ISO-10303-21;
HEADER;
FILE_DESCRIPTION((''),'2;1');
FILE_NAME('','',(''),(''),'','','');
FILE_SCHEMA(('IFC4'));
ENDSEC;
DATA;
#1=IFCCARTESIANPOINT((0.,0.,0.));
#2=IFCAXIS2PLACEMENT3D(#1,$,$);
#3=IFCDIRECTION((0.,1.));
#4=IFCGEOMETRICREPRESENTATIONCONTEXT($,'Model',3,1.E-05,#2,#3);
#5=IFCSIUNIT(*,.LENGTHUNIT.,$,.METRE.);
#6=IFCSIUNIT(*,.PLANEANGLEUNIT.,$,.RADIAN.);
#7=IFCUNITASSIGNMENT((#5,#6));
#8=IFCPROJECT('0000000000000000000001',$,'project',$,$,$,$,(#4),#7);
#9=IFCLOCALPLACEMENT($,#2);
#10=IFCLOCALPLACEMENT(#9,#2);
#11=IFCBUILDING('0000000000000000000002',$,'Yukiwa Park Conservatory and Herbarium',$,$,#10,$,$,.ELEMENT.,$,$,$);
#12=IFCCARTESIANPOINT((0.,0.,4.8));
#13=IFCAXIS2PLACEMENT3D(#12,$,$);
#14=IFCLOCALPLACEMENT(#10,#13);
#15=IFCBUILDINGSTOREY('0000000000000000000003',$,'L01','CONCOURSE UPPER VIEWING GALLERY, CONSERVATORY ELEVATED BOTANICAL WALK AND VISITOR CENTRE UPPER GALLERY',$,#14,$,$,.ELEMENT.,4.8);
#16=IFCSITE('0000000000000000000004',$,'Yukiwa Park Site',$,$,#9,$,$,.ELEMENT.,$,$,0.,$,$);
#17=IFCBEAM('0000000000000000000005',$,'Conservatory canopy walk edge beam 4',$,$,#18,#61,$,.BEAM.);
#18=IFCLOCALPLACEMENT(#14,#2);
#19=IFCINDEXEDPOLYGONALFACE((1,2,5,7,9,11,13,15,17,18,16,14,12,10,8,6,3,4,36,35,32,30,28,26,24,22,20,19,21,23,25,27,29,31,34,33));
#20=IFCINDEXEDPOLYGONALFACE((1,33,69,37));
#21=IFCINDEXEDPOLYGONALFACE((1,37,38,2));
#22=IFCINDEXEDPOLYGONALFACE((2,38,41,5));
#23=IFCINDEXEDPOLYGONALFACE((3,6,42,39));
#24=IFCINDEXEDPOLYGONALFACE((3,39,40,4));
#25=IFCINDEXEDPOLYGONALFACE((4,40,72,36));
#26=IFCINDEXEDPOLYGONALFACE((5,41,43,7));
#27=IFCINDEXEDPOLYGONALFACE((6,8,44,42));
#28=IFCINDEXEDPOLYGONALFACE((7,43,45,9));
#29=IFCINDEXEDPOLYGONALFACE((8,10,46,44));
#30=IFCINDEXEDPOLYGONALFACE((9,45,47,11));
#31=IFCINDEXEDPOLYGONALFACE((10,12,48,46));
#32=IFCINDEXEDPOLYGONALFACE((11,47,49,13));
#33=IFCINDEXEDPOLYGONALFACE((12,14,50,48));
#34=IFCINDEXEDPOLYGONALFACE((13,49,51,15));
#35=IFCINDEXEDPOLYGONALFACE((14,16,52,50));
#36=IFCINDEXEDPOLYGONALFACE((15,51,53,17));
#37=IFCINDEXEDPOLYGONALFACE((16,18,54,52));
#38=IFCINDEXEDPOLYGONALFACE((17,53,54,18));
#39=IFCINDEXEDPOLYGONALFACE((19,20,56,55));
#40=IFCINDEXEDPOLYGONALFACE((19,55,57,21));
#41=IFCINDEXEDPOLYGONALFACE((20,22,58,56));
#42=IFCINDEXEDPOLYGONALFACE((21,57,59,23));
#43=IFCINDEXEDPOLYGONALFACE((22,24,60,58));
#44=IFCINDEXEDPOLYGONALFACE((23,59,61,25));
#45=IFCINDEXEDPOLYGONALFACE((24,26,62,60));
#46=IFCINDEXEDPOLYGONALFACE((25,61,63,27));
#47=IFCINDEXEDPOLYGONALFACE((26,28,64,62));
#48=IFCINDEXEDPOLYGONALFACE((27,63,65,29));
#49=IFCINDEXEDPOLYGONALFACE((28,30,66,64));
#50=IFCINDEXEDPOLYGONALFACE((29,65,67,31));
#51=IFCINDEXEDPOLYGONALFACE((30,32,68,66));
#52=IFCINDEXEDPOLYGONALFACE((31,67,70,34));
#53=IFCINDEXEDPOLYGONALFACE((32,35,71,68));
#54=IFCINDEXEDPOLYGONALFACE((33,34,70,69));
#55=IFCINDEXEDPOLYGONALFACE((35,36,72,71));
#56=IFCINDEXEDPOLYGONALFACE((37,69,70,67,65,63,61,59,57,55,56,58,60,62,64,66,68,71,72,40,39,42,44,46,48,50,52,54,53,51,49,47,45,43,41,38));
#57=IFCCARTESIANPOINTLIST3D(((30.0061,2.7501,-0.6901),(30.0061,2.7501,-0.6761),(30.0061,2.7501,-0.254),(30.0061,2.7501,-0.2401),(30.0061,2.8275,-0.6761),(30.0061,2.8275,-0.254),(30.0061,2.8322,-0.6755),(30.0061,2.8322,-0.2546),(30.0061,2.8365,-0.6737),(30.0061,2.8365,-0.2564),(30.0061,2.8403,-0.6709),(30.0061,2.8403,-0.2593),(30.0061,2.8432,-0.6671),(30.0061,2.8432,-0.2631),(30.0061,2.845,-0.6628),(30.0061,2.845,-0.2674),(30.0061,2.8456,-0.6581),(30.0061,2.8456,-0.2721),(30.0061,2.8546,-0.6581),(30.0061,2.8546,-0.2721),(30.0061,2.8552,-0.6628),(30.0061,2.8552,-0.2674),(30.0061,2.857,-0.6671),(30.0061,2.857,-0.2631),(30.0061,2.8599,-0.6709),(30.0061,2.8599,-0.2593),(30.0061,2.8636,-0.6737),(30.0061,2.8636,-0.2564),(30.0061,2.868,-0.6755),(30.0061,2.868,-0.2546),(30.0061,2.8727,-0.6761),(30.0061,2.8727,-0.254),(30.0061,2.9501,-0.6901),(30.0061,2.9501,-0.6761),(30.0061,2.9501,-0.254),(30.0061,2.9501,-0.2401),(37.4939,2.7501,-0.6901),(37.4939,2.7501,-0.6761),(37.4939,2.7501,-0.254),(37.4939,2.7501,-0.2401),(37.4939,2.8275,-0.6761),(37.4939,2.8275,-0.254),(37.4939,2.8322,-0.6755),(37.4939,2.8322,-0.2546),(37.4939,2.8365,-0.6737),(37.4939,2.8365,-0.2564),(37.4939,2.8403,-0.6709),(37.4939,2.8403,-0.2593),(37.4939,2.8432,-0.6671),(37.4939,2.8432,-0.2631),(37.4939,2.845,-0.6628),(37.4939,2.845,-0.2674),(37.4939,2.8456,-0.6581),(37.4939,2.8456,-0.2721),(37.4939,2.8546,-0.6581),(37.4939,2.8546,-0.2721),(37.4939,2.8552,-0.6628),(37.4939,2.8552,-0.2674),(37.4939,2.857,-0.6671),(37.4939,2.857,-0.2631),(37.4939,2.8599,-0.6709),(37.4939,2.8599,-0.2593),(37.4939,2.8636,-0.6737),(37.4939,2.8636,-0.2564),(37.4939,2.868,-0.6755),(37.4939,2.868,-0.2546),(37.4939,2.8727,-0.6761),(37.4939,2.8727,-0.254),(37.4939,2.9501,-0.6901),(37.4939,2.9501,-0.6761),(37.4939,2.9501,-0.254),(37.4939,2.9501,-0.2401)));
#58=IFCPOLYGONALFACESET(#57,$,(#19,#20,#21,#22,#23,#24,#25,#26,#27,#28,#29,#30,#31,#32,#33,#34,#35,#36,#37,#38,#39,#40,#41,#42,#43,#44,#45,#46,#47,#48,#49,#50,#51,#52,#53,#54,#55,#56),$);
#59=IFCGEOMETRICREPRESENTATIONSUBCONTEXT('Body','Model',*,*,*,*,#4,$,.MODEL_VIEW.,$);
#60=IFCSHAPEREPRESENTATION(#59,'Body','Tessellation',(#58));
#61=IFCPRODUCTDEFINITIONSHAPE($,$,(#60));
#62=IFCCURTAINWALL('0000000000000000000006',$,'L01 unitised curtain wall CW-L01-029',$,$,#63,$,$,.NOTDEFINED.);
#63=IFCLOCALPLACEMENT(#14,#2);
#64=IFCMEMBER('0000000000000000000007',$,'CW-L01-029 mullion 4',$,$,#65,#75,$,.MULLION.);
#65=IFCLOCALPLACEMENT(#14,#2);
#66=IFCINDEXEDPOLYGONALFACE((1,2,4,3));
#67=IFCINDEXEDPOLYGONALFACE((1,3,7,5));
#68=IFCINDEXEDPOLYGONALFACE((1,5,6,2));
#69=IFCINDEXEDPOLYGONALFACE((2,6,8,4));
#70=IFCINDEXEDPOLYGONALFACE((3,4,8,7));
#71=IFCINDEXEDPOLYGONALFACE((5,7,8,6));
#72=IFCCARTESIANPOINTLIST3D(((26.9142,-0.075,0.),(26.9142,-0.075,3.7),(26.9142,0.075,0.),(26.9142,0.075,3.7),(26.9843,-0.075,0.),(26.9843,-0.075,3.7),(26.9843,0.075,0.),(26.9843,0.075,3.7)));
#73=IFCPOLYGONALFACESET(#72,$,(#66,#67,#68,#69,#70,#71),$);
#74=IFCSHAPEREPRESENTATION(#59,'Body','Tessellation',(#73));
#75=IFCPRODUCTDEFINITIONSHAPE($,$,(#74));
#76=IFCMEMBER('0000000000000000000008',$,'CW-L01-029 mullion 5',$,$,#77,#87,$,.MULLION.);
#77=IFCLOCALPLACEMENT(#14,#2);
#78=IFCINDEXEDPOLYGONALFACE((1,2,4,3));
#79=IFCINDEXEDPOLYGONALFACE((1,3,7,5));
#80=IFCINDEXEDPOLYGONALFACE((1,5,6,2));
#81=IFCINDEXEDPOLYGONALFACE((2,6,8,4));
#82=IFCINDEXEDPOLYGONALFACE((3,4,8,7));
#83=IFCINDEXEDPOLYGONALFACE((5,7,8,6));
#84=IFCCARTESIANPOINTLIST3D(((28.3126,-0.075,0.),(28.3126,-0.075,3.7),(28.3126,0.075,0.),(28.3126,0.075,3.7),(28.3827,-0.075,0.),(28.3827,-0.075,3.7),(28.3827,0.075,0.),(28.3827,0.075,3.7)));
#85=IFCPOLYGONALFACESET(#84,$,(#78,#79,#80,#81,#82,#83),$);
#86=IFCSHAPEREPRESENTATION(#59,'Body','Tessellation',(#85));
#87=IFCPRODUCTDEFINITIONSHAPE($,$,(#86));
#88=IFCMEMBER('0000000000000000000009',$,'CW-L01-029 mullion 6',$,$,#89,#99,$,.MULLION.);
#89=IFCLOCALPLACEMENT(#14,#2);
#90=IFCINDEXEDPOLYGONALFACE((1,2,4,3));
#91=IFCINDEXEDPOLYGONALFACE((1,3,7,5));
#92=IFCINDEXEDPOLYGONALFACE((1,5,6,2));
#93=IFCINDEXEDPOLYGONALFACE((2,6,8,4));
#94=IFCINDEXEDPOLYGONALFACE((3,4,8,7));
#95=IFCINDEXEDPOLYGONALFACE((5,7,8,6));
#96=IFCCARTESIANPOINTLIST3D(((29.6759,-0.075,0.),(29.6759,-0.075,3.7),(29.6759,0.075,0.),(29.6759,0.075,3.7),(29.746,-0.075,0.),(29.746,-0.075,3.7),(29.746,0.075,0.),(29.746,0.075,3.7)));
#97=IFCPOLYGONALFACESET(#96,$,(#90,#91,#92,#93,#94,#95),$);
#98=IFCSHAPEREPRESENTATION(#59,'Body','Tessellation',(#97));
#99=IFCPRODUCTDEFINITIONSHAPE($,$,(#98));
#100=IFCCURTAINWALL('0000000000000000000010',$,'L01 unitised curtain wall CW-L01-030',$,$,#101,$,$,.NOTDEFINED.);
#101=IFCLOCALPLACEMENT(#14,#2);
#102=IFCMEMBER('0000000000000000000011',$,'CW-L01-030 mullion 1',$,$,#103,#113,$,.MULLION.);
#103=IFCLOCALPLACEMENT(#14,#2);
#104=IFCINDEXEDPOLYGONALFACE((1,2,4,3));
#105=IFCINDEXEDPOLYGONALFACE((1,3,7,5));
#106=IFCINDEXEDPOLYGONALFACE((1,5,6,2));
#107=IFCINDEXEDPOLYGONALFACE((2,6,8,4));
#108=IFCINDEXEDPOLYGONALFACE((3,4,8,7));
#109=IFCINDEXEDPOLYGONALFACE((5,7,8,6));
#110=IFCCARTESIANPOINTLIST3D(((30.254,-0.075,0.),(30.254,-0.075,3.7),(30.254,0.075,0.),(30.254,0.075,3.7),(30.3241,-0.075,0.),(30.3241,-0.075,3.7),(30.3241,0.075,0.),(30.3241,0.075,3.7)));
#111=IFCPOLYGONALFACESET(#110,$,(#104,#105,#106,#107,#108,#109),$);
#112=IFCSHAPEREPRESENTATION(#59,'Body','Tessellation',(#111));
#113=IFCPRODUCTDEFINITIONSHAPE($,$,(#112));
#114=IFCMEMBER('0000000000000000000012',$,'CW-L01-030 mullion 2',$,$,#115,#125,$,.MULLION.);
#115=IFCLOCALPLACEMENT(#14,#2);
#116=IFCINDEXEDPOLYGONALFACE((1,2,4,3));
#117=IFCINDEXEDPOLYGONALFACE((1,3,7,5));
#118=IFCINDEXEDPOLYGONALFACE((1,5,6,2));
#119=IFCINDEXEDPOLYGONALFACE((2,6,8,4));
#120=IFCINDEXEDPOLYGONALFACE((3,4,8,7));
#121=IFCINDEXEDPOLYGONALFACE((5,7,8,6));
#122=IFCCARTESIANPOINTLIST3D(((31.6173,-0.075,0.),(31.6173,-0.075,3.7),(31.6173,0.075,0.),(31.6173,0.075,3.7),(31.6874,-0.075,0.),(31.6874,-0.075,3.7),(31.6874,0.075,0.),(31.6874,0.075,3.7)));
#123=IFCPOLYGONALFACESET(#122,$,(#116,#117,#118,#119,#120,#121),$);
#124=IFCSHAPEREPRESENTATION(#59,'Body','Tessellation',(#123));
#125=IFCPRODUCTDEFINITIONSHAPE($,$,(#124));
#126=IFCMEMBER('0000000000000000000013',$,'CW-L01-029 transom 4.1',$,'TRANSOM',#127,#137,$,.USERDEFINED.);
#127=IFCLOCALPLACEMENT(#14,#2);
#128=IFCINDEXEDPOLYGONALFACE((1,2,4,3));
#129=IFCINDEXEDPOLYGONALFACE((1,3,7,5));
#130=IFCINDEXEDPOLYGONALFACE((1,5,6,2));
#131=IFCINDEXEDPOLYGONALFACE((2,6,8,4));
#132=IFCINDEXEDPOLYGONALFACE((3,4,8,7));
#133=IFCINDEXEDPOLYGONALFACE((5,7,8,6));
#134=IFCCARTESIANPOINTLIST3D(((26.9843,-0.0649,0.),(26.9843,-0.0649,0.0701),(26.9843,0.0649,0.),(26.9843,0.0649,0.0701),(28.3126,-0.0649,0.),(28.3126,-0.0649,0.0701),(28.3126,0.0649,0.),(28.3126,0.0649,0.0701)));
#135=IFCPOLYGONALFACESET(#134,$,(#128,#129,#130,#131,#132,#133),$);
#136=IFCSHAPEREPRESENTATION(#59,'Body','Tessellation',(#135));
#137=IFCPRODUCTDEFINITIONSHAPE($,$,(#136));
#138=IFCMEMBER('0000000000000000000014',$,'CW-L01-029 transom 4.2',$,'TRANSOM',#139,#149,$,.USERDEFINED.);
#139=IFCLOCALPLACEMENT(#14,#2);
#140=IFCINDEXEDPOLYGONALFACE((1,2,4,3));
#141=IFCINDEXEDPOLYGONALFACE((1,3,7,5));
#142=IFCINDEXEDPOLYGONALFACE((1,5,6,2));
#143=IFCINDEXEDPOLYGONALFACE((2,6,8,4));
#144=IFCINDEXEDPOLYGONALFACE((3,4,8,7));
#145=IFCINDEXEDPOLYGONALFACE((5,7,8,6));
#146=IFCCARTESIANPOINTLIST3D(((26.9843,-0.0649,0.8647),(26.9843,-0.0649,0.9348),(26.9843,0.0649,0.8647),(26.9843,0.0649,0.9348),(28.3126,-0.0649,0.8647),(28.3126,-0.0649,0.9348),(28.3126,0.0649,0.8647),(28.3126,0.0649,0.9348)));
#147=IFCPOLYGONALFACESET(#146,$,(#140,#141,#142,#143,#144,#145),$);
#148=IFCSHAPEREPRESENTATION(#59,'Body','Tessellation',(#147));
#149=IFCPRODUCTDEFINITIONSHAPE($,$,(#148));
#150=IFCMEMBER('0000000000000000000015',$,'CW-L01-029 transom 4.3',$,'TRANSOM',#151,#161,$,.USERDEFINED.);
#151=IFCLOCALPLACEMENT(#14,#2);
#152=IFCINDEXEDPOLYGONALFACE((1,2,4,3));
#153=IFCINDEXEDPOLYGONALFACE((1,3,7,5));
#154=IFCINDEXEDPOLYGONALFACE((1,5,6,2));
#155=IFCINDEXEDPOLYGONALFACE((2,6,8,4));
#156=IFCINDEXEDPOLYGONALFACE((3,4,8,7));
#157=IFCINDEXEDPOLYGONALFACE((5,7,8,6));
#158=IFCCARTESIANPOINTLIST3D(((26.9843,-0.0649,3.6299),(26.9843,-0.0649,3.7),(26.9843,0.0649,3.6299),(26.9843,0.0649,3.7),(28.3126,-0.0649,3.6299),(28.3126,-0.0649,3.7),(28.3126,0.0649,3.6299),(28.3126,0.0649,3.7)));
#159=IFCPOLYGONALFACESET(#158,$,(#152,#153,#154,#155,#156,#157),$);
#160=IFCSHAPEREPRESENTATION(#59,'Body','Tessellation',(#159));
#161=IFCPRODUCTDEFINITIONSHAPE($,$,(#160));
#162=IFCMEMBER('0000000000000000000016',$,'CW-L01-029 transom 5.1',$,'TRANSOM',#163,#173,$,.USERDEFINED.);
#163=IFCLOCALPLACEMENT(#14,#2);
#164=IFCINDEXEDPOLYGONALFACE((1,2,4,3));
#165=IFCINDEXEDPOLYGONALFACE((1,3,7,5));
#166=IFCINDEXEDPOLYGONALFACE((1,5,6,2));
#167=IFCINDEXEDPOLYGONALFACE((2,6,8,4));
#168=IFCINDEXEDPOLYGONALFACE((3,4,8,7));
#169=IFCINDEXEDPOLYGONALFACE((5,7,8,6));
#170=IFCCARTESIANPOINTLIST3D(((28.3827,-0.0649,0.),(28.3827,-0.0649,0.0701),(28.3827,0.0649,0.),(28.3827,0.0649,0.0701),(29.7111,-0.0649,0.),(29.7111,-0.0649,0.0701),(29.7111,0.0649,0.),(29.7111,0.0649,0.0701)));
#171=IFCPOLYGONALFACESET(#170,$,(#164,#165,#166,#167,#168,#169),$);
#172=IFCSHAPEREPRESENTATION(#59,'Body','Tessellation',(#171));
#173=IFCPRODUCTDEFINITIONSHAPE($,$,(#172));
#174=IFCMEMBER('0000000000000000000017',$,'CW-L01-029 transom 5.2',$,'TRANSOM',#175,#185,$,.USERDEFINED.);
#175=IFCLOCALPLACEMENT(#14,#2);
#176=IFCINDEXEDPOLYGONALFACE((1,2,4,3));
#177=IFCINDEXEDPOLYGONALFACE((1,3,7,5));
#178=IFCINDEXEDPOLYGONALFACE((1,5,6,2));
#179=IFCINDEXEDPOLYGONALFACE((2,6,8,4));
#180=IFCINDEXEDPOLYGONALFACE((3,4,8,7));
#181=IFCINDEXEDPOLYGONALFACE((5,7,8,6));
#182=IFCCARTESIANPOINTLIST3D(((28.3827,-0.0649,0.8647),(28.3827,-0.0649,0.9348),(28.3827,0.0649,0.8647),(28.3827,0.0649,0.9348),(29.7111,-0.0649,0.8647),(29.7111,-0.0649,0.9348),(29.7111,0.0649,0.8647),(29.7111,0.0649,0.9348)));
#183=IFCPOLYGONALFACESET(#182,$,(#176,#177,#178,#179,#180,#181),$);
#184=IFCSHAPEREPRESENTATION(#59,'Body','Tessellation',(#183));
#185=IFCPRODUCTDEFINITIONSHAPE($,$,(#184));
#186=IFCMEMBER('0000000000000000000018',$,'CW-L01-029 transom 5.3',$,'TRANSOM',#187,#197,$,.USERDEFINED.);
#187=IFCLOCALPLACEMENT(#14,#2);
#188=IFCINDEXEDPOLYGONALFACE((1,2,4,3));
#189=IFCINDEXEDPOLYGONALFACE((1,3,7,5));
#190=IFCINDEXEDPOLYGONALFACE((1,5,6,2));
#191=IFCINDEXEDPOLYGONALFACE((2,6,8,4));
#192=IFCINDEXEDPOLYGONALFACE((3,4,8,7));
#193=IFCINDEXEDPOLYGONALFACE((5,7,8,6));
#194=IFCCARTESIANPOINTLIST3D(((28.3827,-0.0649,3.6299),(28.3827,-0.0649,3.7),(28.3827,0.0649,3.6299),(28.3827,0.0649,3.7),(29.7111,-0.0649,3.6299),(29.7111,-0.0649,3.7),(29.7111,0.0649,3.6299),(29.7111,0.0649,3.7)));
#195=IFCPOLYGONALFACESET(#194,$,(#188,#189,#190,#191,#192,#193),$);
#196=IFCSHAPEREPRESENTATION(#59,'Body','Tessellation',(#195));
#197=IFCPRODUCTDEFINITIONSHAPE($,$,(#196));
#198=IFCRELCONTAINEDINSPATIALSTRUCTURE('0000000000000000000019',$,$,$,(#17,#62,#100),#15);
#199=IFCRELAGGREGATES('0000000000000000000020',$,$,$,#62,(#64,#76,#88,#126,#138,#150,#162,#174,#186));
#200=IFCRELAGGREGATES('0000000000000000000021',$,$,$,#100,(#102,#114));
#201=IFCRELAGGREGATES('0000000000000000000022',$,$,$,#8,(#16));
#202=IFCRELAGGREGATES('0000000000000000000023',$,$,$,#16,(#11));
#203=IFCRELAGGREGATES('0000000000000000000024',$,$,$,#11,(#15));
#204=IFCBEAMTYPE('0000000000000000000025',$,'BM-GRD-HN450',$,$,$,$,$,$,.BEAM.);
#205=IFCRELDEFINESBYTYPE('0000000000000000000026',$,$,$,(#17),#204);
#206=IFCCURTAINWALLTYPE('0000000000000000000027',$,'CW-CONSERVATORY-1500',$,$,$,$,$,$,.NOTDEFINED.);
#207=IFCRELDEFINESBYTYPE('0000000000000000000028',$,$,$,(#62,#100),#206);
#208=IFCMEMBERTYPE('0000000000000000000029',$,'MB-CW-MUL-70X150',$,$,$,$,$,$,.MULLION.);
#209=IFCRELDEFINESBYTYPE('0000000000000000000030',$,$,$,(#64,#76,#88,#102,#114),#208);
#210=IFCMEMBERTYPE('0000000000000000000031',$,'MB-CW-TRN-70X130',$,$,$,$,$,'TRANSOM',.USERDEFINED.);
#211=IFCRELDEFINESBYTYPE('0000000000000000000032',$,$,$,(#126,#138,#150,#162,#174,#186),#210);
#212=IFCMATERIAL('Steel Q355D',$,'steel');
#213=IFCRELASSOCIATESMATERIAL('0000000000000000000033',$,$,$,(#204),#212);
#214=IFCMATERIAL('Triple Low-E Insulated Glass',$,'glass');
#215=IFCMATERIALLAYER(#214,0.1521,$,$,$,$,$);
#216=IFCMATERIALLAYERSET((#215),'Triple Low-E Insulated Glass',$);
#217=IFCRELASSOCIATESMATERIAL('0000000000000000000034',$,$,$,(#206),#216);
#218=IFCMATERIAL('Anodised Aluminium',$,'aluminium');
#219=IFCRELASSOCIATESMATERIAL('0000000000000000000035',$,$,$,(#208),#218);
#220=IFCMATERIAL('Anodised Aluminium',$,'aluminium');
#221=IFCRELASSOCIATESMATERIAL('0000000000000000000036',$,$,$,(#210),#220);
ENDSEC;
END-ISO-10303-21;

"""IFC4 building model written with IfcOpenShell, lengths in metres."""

from ifc_helpers import new_model, si_unit, direction, frame, origin, origin_2d, place, context, subcontext, project, spatial, rectangle, i_section, extrude, material, layer, layer_set, material_profile, profile_set, type_object, element, aggregate, save


model = new_model("IFC4")

# Units and contexts
model_context = context("Model", 3, precision=1e-05, world=origin(), true_north=direction((0.0, 1.0)))
body_context = subcontext(model_context, "Body", "Model", "MODEL_VIEW")
ifc_project = project(units=[si_unit("LENGTHUNIT", "METRE"), si_unit("PLANEANGLEUNIT", "RADIAN")], contexts=[model_context])

# Site, building, storey
site_placement = place(None, origin())
site = spatial("IfcSite", under=ifc_project, at=site_placement, Name="Yukiwa Park Site", CompositionType="ELEMENT", RefElevation=0.0)
building_placement = place(site_placement, origin())
building = spatial("IfcBuilding", under=site, at=building_placement, Name="Yukiwa Park Conservatory and Herbarium", CompositionType="ELEMENT")
storey_placement = place(building_placement, frame((0.0, 0.0, 4.8)))
storey = spatial("IfcBuildingStorey", under=building, at=storey_placement, Name="L01", Description="CONCOURSE UPPER VIEWING GALLERY, CONSERVATORY ELEVATED BOTANICAL WALK AND VISITOR CENTRE UPPER GALLERY", CompositionType="ELEMENT", Elevation=4.8)

# Beam
ifc_material_1 = material(Name="Steel Q355D", Category="steel")
ifc_material_profile_1 = material_profile(ifc_material_1, i_section(OverallWidth=0.2, OverallDepth=0.45, WebThickness=0.009, FlangeThickness=0.0139, FilletRadius=0.0181, at=origin_2d()), Name="HN 450x200x9x14")
ifc_profile_set_1 = profile_set([ifc_material_profile_1], Name="Steel Q355D")
beam_type = type_object("IfcBeamType", Name="BM-GRD-HN450", PredefinedType="BEAM", material=ifc_profile_set_1)
beam_1_placement = place(storey_placement, frame((30.0061, 2.8501, -0.4651), z_axis=(1.0, 0.0, 0.0), x_axis=(0.0, 1.0, 0.0)))
element("IfcBeam", 1, at=beam_1_placement, inside=storey, type_object=beam_type, Name="Conservatory canopy walk edge beam 4", PredefinedType="BEAM", context=body_context, shape_type="SweptSolid", body=[
    extrude(i_section(OverallWidth=0.2, OverallDepth=0.45, WebThickness=0.009, FlangeThickness=0.0139, FilletRadius=0.0181, at=origin_2d()), origin(), (0.0, 0.0, 1.0), 7.4878),
])

# Curtain walls, members
ifc_material_2 = material(Name="Triple Low-E Insulated Glass", Category="glass")
ifc_layer_1 = layer(ifc_material_2, 0.1521)
ifc_layer_set_1 = layer_set([ifc_layer_1], Name="Triple Low-E Insulated Glass")
curtain_wall_type = type_object("IfcCurtainWallType", Name="CW-CONSERVATORY-1500", PredefinedType="NOTDEFINED", material=ifc_layer_set_1)
curtain_wall_1_placement = place(storey_placement, origin())
curtain_wall_1 = element("IfcCurtainWall", 2, at=curtain_wall_1_placement, inside=storey, type_object=curtain_wall_type, Name="L01 unitised curtain wall CW-L01-029", PredefinedType="NOTDEFINED")
ifc_material_3 = material(Name="Anodised Aluminium", Category="aluminium")
member_type_1 = type_object("IfcMemberType", Name="MB-CW-MUL-70X150", PredefinedType="MULLION", material=ifc_material_3)
member_1_placement = place(storey_placement, frame((26.9492, 0.0, 0.0), z_axis=(0.0, 0.0, 1.0), x_axis=(1.0, 0.0, 0.0)))
member_1 = element("IfcMember", 3, at=member_1_placement, type_object=member_type_1, Name="CW-L01-029 mullion 4", PredefinedType="MULLION", context=body_context, shape_type="SweptSolid", body=[
    extrude(rectangle(XDim=0.0701, YDim=0.1499, at=origin_2d()), origin(), (0.0, 0.0, 1.0), 3.7),
])
member_2_placement = place(storey_placement, frame((28.3477, 0.0, 0.0), z_axis=(0.0, 0.0, 1.0), x_axis=(1.0, 0.0, 0.0)))
member_2 = element("IfcMember", 4, at=member_2_placement, type_object=member_type_1, Name="CW-L01-029 mullion 5", PredefinedType="MULLION", context=body_context, shape_type="SweptSolid", body=[
    extrude(rectangle(XDim=0.0701, YDim=0.1499, at=origin_2d()), origin(), (0.0, 0.0, 1.0), 3.7),
])
member_3_placement = place(storey_placement, frame((29.7109, 0.0, 0.0), z_axis=(0.0, 0.0, 1.0), x_axis=(1.0, 0.0, 0.0)))
member_3 = element("IfcMember", 5, at=member_3_placement, type_object=member_type_1, Name="CW-L01-029 mullion 6", PredefinedType="MULLION", context=body_context, shape_type="SweptSolid", body=[
    extrude(rectangle(XDim=0.0701, YDim=0.1499, at=origin_2d()), origin(), (0.0, 0.0, 1.0), 3.7),
])
curtain_wall_2_placement = place(storey_placement, origin())
curtain_wall_2 = element("IfcCurtainWall", 6, at=curtain_wall_2_placement, inside=storey, type_object=curtain_wall_type, Name="L01 unitised curtain wall CW-L01-030", PredefinedType="NOTDEFINED")
member_4_placement = place(storey_placement, frame((30.2891, 0.0, 0.0), z_axis=(0.0, 0.0, 1.0), x_axis=(1.0, 0.0, 0.0)))
member_4 = element("IfcMember", 7, at=member_4_placement, type_object=member_type_1, Name="CW-L01-030 mullion 1", PredefinedType="MULLION", context=body_context, shape_type="SweptSolid", body=[
    extrude(rectangle(XDim=0.0701, YDim=0.1499, at=origin_2d()), origin(), (0.0, 0.0, 1.0), 3.7),
])
member_5_placement = place(storey_placement, frame((31.6523, 0.0, 0.0), z_axis=(0.0, 0.0, 1.0), x_axis=(1.0, 0.0, 0.0)))
member_5 = element("IfcMember", 8, at=member_5_placement, type_object=member_type_1, Name="CW-L01-030 mullion 2", PredefinedType="MULLION", context=body_context, shape_type="SweptSolid", body=[
    extrude(rectangle(XDim=0.0701, YDim=0.1499, at=origin_2d()), origin(), (0.0, 0.0, 1.0), 3.7),
])

# Members
ifc_material_4 = material(Name="Anodised Aluminium", Category="aluminium")
member_type_2 = type_object("IfcMemberType", Name="MB-CW-TRN-70X130", ElementType="TRANSOM", PredefinedType="USERDEFINED", material=ifc_material_4)
member_6_placement = place(storey_placement, frame((27.6484, 0.0, 0.0), z_axis=(0.0, 0.0, 1.0), x_axis=(1.0, 0.0, 0.0)))
member_6 = element("IfcMember", 9, at=member_6_placement, type_object=member_type_2, Name="CW-L01-029 transom 4.1", ObjectType="TRANSOM", PredefinedType="USERDEFINED", context=body_context, shape_type="SweptSolid", body=[
    extrude(rectangle(XDim=1.3284, YDim=0.1299, at=origin_2d()), origin(), (0.0, 0.0, 1.0), 0.0701),
])
member_7_placement = place(storey_placement, frame((27.6484, 0.0, 0.8647), z_axis=(0.0, 0.0, 1.0), x_axis=(1.0, 0.0, 0.0)))
member_7 = element("IfcMember", 10, at=member_7_placement, type_object=member_type_2, Name="CW-L01-029 transom 4.2", ObjectType="TRANSOM", PredefinedType="USERDEFINED", context=body_context, shape_type="SweptSolid", body=[
    extrude(rectangle(XDim=1.3284, YDim=0.1299, at=origin_2d()), origin(), (0.0, 0.0, 1.0), 0.0701),
])
member_8_placement = place(storey_placement, frame((27.6484, 0.0, 3.6299), z_axis=(0.0, 0.0, 1.0), x_axis=(1.0, 0.0, 0.0)))
member_8 = element("IfcMember", 11, at=member_8_placement, type_object=member_type_2, Name="CW-L01-029 transom 4.3", ObjectType="TRANSOM", PredefinedType="USERDEFINED", context=body_context, shape_type="SweptSolid", body=[
    extrude(rectangle(XDim=1.3284, YDim=0.1299, at=origin_2d()), origin(), (0.0, 0.0, 1.0), 0.0701),
])
member_9_placement = place(storey_placement, frame((29.0469, 0.0, 0.0), z_axis=(0.0, 0.0, 1.0), x_axis=(1.0, 0.0, 0.0)))
member_9 = element("IfcMember", 12, at=member_9_placement, type_object=member_type_2, Name="CW-L01-029 transom 5.1", ObjectType="TRANSOM", PredefinedType="USERDEFINED", context=body_context, shape_type="SweptSolid", body=[
    extrude(rectangle(XDim=1.3284, YDim=0.1299, at=origin_2d()), origin(), (0.0, 0.0, 1.0), 0.0701),
])
member_10_placement = place(storey_placement, frame((29.0469, 0.0, 0.8647), z_axis=(0.0, 0.0, 1.0), x_axis=(1.0, 0.0, 0.0)))
member_10 = element("IfcMember", 13, at=member_10_placement, type_object=member_type_2, Name="CW-L01-029 transom 5.2", ObjectType="TRANSOM", PredefinedType="USERDEFINED", context=body_context, shape_type="SweptSolid", body=[
    extrude(rectangle(XDim=1.3284, YDim=0.1299, at=origin_2d()), origin(), (0.0, 0.0, 1.0), 0.0701),
])
member_11_placement = place(storey_placement, frame((29.0469, 0.0, 3.6299), z_axis=(0.0, 0.0, 1.0), x_axis=(1.0, 0.0, 0.0)))
member_11 = element("IfcMember", 14, at=member_11_placement, type_object=member_type_2, Name="CW-L01-029 transom 5.3", ObjectType="TRANSOM", PredefinedType="USERDEFINED", context=body_context, shape_type="SweptSolid", body=[
    extrude(rectangle(XDim=1.3284, YDim=0.1299, at=origin_2d()), origin(), (0.0, 0.0, 1.0), 0.0701),
])

aggregate(curtain_wall_1, [member_1, member_2, member_3, member_6, member_7, member_8, member_9, member_10, member_11])
aggregate(curtain_wall_2, [member_4, member_5])

save(model, "model.ifc")
